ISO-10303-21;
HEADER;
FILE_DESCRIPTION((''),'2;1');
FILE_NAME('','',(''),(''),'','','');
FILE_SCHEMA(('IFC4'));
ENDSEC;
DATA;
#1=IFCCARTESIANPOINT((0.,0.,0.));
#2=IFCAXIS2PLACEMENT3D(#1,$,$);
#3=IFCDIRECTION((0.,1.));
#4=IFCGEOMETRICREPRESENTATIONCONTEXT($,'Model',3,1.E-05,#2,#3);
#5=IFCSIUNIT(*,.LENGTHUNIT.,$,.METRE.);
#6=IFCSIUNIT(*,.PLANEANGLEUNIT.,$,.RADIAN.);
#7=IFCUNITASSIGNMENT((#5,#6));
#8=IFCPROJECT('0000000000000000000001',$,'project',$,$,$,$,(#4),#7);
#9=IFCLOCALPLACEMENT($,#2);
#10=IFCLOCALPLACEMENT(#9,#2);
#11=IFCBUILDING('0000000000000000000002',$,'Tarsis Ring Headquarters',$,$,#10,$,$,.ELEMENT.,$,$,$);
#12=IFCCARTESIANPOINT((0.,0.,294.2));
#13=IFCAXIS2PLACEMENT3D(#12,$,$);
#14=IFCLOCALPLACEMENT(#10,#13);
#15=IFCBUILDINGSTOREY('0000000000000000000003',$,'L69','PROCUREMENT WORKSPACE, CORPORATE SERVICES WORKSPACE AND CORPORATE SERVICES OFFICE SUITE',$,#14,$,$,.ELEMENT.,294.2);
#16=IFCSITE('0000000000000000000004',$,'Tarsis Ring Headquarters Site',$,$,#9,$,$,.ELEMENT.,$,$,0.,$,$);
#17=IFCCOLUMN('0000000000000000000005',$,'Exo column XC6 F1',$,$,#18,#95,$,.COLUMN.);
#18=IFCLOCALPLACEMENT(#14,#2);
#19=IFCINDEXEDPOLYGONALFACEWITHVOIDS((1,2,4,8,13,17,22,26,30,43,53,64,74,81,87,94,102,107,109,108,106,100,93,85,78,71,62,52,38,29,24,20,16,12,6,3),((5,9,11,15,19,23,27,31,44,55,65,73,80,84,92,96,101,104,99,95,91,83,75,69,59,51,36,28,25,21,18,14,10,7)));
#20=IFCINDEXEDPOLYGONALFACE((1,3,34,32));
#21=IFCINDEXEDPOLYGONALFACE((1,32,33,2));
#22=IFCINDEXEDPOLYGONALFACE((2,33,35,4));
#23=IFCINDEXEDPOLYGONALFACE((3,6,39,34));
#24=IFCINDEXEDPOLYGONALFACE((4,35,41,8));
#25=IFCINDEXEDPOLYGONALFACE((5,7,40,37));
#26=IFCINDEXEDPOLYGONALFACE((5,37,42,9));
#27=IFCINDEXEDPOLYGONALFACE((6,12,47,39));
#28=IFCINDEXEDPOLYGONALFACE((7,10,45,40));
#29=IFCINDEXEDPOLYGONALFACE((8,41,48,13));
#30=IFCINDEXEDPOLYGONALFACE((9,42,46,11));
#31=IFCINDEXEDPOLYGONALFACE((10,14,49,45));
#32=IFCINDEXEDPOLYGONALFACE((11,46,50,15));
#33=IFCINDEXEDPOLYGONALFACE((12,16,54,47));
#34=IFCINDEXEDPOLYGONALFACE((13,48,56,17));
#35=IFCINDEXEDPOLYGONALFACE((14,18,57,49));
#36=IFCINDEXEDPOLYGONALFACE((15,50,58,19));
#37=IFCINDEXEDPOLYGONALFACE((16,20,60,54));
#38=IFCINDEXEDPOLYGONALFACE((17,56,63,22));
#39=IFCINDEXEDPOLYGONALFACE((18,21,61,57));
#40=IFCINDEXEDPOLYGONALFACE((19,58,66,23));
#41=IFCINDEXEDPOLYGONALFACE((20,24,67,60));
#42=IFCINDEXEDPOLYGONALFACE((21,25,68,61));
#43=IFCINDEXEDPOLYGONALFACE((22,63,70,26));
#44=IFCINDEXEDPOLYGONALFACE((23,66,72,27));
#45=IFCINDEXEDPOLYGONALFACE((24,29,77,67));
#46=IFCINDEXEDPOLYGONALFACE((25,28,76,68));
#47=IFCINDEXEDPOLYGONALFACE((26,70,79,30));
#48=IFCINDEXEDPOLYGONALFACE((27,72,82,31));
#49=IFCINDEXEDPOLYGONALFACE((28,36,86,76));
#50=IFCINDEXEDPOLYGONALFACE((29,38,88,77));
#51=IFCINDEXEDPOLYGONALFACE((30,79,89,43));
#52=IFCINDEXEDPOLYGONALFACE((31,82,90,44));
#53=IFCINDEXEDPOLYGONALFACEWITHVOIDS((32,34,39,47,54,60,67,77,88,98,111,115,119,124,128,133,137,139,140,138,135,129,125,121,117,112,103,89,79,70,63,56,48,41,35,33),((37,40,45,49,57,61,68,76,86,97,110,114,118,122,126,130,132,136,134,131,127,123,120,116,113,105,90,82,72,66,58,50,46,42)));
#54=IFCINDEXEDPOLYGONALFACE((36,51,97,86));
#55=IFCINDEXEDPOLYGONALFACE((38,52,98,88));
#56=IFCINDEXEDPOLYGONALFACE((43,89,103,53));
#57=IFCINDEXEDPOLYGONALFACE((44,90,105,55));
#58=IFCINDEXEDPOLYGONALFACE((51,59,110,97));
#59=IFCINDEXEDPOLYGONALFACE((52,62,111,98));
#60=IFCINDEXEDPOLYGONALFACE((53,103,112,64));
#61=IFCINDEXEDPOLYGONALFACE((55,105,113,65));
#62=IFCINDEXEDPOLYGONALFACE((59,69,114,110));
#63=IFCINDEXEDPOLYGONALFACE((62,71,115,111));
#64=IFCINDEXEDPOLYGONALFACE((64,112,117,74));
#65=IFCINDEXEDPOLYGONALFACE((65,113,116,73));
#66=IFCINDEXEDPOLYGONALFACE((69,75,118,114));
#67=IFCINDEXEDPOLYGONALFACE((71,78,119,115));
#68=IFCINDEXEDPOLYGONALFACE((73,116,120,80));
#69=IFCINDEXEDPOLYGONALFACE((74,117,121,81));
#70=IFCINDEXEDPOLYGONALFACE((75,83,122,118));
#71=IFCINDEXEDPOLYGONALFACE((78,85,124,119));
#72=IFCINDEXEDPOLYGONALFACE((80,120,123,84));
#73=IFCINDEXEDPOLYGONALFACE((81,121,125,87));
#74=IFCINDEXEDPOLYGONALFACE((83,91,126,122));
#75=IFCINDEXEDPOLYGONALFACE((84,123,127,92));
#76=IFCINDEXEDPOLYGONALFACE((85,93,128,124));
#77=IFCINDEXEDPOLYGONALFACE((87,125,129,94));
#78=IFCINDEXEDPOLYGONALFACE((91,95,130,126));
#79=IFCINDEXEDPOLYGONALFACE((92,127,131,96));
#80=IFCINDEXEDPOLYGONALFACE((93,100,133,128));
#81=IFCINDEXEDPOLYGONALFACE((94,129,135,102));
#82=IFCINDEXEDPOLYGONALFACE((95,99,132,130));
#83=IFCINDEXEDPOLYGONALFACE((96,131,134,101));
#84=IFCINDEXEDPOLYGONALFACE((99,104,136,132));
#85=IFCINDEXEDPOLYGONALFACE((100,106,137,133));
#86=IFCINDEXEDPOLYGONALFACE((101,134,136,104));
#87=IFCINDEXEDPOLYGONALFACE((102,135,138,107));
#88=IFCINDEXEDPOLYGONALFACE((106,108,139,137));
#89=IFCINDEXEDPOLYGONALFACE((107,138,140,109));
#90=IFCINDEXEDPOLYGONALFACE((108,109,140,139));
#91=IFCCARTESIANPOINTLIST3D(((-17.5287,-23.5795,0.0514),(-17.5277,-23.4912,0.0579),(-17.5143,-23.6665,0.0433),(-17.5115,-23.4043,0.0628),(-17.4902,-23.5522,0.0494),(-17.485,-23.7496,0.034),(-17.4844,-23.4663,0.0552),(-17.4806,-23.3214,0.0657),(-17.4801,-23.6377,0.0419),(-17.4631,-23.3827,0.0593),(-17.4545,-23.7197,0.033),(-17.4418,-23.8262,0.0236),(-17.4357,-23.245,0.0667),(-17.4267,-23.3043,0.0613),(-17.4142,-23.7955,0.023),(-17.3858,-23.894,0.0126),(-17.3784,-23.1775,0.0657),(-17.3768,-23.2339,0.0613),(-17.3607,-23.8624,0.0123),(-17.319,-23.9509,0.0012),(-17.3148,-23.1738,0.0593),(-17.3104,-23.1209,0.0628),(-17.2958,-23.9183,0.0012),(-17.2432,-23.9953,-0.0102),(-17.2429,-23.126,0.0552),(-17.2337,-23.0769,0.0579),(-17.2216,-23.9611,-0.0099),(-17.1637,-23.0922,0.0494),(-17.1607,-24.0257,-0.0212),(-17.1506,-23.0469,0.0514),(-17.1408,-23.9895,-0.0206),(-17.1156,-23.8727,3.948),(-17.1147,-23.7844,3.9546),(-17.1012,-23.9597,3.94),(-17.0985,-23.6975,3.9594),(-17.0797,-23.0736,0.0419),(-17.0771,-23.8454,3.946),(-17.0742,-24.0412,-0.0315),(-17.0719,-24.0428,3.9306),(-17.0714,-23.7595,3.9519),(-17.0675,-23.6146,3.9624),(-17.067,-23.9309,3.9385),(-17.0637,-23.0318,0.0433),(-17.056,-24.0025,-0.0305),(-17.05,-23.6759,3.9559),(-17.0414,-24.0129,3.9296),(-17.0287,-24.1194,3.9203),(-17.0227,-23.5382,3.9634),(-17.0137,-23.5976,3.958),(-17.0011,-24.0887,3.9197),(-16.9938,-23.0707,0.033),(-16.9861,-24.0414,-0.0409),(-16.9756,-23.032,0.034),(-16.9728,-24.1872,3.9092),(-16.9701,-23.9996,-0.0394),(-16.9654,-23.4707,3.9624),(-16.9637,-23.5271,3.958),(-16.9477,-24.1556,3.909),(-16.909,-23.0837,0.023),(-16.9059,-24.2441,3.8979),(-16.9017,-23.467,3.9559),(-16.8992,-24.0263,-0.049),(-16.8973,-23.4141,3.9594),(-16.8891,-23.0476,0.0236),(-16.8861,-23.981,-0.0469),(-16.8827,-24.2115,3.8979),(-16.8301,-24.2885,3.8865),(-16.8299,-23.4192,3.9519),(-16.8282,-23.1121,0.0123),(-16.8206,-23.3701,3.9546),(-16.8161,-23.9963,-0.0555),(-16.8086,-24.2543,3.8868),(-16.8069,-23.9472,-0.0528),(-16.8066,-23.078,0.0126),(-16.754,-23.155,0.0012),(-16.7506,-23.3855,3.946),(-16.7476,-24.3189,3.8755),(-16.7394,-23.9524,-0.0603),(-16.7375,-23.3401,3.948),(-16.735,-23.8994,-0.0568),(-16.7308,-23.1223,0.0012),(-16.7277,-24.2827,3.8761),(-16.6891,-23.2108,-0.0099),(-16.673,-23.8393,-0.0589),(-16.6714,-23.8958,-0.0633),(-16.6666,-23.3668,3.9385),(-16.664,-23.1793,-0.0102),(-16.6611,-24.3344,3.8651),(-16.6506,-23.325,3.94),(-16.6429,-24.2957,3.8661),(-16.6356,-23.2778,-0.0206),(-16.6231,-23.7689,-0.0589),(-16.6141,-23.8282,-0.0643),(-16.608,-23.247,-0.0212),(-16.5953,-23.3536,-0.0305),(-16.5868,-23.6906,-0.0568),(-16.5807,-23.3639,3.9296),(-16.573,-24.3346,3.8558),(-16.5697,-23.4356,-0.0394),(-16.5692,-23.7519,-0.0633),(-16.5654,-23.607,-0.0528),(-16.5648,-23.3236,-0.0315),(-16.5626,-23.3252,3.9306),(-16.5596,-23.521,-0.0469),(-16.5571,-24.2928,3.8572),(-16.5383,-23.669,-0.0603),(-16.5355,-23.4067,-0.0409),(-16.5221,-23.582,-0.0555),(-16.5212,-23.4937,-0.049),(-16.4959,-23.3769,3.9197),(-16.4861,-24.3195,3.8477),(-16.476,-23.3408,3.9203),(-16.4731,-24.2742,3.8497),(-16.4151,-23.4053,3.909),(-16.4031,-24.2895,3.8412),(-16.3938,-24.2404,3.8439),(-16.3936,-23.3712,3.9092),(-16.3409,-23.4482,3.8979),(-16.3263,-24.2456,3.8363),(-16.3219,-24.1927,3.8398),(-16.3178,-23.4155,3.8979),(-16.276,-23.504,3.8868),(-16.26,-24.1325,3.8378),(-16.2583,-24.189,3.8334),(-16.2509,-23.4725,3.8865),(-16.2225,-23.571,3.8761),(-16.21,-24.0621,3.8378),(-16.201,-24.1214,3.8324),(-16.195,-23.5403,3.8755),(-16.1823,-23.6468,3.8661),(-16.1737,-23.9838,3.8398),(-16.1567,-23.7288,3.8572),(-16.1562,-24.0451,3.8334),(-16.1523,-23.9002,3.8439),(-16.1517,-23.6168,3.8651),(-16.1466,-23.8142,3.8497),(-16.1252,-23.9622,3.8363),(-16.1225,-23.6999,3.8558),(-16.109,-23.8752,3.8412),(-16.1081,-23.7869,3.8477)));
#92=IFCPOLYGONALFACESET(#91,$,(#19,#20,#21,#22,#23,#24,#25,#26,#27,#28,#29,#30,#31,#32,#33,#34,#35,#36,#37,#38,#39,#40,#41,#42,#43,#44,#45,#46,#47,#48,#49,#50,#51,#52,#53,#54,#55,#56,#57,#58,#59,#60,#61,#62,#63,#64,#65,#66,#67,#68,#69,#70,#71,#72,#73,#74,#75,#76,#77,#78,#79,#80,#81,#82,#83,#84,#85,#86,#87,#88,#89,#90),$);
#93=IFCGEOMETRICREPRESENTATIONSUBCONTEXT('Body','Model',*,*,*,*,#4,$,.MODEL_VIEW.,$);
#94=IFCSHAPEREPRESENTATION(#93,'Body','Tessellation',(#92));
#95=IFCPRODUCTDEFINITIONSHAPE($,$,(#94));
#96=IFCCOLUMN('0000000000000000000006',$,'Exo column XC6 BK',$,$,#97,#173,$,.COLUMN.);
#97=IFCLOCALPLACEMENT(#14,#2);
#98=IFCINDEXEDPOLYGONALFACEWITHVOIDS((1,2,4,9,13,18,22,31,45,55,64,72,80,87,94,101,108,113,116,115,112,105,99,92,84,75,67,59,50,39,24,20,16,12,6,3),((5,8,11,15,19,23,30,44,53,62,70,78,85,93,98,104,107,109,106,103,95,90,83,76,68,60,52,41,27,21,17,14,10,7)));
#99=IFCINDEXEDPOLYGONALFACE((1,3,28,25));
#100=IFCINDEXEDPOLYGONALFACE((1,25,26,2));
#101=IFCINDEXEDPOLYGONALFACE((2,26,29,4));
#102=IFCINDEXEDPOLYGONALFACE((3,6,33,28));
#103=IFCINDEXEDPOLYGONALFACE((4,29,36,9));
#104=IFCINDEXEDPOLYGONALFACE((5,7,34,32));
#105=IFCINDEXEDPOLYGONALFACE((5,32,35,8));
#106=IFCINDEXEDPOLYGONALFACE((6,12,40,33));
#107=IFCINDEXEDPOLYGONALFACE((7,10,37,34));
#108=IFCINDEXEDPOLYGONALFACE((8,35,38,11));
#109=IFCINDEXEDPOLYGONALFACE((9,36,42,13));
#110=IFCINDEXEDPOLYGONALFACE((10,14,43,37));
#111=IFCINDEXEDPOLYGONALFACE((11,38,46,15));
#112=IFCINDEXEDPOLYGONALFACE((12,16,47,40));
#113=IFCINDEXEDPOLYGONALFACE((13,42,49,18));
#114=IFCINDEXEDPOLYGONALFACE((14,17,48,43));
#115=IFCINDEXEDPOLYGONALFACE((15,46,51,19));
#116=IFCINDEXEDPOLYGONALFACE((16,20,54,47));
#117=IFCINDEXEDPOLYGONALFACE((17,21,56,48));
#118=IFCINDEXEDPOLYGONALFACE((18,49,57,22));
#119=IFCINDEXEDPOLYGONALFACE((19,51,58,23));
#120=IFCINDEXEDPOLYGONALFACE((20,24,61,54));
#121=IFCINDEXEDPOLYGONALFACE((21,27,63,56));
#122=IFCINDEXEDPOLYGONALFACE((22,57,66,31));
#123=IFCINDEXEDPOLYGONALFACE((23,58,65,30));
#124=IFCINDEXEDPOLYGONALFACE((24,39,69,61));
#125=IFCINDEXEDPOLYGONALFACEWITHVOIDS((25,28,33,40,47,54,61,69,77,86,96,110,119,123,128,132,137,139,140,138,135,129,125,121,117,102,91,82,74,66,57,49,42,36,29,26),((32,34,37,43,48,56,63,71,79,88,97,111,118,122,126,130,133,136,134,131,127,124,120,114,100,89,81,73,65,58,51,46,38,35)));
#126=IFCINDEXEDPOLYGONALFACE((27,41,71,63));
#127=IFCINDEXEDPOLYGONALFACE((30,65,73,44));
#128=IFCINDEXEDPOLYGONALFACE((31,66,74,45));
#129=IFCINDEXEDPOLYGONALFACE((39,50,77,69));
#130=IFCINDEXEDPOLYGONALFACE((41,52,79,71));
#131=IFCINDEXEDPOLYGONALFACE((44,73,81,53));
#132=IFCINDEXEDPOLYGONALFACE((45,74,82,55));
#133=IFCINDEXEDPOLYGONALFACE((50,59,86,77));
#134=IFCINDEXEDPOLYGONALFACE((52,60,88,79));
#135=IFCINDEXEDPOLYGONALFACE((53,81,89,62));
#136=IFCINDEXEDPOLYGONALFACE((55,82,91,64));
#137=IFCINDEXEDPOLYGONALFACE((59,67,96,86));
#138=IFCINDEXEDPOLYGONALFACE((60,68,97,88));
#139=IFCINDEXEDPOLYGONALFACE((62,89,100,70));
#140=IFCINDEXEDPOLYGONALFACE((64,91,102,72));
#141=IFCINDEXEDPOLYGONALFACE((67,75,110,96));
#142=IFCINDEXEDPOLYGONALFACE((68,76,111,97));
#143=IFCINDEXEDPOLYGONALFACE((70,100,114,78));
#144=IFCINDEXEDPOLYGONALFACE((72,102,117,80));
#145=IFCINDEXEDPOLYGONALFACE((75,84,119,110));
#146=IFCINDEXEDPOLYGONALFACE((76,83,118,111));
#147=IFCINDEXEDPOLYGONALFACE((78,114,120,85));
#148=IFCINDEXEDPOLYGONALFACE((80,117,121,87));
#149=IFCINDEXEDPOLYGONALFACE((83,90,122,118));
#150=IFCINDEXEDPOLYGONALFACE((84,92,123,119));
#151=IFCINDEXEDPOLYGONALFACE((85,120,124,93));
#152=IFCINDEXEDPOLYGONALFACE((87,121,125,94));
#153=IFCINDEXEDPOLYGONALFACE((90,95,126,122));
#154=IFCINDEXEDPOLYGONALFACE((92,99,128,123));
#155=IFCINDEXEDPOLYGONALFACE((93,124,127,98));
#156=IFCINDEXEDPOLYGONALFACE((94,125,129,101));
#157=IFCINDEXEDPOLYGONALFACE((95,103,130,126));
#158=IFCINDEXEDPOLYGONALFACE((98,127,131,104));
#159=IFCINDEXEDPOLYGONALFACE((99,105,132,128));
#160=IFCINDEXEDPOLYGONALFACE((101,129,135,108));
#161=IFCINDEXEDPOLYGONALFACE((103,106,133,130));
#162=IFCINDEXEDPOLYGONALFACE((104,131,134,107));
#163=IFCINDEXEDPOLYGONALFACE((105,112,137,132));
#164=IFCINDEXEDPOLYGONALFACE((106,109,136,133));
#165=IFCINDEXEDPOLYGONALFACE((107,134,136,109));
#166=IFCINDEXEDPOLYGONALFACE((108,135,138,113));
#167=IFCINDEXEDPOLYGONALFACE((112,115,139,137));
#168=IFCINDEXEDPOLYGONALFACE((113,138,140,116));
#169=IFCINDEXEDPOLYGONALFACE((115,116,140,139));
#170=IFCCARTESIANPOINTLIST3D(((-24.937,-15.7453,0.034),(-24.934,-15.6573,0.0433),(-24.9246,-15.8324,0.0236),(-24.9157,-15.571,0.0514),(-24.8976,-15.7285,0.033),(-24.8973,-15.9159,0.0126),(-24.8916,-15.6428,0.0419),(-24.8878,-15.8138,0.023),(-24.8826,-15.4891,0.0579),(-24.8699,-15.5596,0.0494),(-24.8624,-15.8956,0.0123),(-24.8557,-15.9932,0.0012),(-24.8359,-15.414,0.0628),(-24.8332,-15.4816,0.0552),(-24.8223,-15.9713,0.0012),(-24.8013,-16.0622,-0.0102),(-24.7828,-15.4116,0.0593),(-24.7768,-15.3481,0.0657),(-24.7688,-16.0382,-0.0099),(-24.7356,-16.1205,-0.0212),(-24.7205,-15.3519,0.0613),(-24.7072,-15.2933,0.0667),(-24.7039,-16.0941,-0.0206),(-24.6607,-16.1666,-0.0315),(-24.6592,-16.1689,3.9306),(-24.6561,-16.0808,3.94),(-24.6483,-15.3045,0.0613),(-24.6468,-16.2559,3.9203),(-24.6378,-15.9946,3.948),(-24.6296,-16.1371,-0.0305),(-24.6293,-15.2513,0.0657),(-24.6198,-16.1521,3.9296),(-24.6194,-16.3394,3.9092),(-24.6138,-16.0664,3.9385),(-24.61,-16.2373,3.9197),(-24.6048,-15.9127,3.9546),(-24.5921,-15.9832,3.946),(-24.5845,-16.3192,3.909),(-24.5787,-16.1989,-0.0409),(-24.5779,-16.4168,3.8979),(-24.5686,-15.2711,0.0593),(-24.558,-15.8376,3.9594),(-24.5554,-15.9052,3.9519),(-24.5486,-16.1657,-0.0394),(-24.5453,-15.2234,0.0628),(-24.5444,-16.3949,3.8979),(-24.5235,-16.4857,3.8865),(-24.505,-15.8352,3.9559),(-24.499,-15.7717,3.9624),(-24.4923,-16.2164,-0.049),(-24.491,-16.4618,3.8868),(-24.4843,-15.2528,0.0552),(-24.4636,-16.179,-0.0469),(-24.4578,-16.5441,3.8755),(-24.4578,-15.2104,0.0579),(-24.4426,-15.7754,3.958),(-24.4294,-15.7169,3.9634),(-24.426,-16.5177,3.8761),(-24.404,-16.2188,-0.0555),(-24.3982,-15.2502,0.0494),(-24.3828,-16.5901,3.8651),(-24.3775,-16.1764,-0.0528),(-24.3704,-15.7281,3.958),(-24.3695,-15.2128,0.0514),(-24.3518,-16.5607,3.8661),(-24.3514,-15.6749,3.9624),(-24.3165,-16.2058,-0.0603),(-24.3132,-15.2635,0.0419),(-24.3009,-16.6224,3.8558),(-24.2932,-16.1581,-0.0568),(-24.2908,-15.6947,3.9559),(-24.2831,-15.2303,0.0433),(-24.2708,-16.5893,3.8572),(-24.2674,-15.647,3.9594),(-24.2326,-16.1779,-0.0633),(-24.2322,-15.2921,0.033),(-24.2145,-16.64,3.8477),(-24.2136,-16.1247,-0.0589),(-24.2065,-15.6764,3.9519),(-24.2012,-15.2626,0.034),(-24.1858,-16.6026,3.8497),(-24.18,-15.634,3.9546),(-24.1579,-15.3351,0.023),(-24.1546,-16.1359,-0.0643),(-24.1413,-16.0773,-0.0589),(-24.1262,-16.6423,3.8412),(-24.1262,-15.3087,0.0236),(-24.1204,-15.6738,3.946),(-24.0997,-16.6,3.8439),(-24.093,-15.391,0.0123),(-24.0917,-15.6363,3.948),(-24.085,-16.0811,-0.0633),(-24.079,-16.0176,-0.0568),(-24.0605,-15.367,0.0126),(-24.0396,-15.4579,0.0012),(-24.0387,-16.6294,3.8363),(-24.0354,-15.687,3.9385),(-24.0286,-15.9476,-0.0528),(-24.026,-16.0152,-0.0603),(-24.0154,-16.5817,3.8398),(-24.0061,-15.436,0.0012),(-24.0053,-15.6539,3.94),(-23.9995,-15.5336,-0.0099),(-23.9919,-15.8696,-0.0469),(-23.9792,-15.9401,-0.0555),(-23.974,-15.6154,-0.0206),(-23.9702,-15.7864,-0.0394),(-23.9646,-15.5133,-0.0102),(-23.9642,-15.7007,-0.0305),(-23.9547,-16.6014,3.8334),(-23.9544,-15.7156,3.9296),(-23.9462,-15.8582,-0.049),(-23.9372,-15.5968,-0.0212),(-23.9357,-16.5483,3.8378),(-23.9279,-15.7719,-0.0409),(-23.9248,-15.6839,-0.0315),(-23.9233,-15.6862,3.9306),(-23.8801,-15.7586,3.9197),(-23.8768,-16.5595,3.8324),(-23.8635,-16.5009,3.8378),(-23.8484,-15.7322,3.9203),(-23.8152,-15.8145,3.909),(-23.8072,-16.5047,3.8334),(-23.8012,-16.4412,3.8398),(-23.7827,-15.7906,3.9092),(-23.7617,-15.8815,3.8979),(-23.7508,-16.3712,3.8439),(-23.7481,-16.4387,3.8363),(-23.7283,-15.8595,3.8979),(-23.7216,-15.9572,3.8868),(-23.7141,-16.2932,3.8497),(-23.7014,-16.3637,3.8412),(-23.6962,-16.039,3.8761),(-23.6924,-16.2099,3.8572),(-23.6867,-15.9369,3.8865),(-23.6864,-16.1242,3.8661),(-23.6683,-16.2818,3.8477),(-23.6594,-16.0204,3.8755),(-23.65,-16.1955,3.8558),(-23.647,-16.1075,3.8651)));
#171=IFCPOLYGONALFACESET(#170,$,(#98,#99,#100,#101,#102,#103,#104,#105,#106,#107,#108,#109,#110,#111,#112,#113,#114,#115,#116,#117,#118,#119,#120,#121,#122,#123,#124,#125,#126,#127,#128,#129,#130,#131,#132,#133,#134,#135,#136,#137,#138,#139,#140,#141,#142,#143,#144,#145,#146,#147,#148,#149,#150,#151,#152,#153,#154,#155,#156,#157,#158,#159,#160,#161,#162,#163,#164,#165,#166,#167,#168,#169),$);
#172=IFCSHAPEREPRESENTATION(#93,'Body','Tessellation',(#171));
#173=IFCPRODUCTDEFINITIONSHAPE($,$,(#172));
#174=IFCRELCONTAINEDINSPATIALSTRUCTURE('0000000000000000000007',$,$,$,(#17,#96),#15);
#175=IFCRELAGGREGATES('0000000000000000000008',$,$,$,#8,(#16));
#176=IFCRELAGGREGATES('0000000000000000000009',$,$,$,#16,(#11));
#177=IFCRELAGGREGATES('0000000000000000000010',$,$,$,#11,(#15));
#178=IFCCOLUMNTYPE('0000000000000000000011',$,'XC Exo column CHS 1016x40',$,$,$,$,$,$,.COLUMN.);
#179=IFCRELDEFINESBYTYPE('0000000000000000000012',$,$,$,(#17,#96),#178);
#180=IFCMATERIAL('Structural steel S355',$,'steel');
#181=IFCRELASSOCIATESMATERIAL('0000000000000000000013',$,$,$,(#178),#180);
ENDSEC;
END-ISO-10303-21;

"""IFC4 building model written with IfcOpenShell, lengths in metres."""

from ifc_helpers import new_model, si_unit, direction, frame, origin, origin_2d, place, context, subcontext, project, spatial, hollow_circle, extrude, material, material_profile, profile_set, type_object, element, save


model = new_model("IFC4")

# Units and contexts
model_context = context("Model", 3, precision=1e-05, world=origin(), true_north=direction((0.0, 1.0)))
body_context = subcontext(model_context, "Body", "Model", "MODEL_VIEW")
ifc_project = project(units=[si_unit("LENGTHUNIT", "METRE"), si_unit("PLANEANGLEUNIT", "RADIAN")], contexts=[model_context])

# Site, building, storey
site_placement = place(None, origin())
site = spatial("IfcSite", under=ifc_project, at=site_placement, Name="Tarsis Ring Headquarters Site", CompositionType="ELEMENT", RefElevation=0.0)
building_placement = place(site_placement, origin())
building = spatial("IfcBuilding", under=site, at=building_placement, Name="Tarsis Ring Headquarters", CompositionType="ELEMENT")
storey_placement = place(building_placement, frame((0.0, 0.0, 294.2)))
storey = spatial("IfcBuildingStorey", under=building, at=storey_placement, Name="L69", Description="PROCUREMENT WORKSPACE, CORPORATE SERVICES WORKSPACE AND CORPORATE SERVICES OFFICE SUITE", CompositionType="ELEMENT", Elevation=294.2)

# Columns
ifc_material_1 = material(Name="Structural steel S355", Category="steel")
ifc_material_profile_1 = material_profile(ifc_material_1, hollow_circle(Radius=0.5081, WallThickness=0.04, at=origin_2d()), Name="CHS 1016x40")
ifc_profile_set_1 = profile_set([ifc_material_profile_1], Name="Structural steel S355")
column_type = type_object("IfcColumnType", Name="XC Exo column CHS 1016x40", PredefinedType="COLUMN", material=ifc_profile_set_1)
for number, where, z_axis, x_axis, name in (
    (1, (-17.0249, -23.5366, 0.0012), (0.105124, -0.074618, 0.991656), (0.578819, 0.815456, 0.0), "Exo column XC6 F1"),
    (2, (-24.4309, -15.7146, 0.0012), (0.070704, -0.107795, 0.991656), (0.836179, 0.548456, 0.0), "Exo column XC6 BK"),
):
    element("IfcColumn", number, at=place(storey_placement, frame(where, z_axis=z_axis, x_axis=x_axis)), inside=storey, type_object=column_type, Name=name, PredefinedType="COLUMN", context=body_context, shape_type="SweptSolid", body=[
        extrude(hollow_circle(Radius=0.5081, WallThickness=0.04, at=origin_2d()), origin(), (0.0, 0.0, 1.0), 3.9294),
    ])

save(model, "model.ifc")
